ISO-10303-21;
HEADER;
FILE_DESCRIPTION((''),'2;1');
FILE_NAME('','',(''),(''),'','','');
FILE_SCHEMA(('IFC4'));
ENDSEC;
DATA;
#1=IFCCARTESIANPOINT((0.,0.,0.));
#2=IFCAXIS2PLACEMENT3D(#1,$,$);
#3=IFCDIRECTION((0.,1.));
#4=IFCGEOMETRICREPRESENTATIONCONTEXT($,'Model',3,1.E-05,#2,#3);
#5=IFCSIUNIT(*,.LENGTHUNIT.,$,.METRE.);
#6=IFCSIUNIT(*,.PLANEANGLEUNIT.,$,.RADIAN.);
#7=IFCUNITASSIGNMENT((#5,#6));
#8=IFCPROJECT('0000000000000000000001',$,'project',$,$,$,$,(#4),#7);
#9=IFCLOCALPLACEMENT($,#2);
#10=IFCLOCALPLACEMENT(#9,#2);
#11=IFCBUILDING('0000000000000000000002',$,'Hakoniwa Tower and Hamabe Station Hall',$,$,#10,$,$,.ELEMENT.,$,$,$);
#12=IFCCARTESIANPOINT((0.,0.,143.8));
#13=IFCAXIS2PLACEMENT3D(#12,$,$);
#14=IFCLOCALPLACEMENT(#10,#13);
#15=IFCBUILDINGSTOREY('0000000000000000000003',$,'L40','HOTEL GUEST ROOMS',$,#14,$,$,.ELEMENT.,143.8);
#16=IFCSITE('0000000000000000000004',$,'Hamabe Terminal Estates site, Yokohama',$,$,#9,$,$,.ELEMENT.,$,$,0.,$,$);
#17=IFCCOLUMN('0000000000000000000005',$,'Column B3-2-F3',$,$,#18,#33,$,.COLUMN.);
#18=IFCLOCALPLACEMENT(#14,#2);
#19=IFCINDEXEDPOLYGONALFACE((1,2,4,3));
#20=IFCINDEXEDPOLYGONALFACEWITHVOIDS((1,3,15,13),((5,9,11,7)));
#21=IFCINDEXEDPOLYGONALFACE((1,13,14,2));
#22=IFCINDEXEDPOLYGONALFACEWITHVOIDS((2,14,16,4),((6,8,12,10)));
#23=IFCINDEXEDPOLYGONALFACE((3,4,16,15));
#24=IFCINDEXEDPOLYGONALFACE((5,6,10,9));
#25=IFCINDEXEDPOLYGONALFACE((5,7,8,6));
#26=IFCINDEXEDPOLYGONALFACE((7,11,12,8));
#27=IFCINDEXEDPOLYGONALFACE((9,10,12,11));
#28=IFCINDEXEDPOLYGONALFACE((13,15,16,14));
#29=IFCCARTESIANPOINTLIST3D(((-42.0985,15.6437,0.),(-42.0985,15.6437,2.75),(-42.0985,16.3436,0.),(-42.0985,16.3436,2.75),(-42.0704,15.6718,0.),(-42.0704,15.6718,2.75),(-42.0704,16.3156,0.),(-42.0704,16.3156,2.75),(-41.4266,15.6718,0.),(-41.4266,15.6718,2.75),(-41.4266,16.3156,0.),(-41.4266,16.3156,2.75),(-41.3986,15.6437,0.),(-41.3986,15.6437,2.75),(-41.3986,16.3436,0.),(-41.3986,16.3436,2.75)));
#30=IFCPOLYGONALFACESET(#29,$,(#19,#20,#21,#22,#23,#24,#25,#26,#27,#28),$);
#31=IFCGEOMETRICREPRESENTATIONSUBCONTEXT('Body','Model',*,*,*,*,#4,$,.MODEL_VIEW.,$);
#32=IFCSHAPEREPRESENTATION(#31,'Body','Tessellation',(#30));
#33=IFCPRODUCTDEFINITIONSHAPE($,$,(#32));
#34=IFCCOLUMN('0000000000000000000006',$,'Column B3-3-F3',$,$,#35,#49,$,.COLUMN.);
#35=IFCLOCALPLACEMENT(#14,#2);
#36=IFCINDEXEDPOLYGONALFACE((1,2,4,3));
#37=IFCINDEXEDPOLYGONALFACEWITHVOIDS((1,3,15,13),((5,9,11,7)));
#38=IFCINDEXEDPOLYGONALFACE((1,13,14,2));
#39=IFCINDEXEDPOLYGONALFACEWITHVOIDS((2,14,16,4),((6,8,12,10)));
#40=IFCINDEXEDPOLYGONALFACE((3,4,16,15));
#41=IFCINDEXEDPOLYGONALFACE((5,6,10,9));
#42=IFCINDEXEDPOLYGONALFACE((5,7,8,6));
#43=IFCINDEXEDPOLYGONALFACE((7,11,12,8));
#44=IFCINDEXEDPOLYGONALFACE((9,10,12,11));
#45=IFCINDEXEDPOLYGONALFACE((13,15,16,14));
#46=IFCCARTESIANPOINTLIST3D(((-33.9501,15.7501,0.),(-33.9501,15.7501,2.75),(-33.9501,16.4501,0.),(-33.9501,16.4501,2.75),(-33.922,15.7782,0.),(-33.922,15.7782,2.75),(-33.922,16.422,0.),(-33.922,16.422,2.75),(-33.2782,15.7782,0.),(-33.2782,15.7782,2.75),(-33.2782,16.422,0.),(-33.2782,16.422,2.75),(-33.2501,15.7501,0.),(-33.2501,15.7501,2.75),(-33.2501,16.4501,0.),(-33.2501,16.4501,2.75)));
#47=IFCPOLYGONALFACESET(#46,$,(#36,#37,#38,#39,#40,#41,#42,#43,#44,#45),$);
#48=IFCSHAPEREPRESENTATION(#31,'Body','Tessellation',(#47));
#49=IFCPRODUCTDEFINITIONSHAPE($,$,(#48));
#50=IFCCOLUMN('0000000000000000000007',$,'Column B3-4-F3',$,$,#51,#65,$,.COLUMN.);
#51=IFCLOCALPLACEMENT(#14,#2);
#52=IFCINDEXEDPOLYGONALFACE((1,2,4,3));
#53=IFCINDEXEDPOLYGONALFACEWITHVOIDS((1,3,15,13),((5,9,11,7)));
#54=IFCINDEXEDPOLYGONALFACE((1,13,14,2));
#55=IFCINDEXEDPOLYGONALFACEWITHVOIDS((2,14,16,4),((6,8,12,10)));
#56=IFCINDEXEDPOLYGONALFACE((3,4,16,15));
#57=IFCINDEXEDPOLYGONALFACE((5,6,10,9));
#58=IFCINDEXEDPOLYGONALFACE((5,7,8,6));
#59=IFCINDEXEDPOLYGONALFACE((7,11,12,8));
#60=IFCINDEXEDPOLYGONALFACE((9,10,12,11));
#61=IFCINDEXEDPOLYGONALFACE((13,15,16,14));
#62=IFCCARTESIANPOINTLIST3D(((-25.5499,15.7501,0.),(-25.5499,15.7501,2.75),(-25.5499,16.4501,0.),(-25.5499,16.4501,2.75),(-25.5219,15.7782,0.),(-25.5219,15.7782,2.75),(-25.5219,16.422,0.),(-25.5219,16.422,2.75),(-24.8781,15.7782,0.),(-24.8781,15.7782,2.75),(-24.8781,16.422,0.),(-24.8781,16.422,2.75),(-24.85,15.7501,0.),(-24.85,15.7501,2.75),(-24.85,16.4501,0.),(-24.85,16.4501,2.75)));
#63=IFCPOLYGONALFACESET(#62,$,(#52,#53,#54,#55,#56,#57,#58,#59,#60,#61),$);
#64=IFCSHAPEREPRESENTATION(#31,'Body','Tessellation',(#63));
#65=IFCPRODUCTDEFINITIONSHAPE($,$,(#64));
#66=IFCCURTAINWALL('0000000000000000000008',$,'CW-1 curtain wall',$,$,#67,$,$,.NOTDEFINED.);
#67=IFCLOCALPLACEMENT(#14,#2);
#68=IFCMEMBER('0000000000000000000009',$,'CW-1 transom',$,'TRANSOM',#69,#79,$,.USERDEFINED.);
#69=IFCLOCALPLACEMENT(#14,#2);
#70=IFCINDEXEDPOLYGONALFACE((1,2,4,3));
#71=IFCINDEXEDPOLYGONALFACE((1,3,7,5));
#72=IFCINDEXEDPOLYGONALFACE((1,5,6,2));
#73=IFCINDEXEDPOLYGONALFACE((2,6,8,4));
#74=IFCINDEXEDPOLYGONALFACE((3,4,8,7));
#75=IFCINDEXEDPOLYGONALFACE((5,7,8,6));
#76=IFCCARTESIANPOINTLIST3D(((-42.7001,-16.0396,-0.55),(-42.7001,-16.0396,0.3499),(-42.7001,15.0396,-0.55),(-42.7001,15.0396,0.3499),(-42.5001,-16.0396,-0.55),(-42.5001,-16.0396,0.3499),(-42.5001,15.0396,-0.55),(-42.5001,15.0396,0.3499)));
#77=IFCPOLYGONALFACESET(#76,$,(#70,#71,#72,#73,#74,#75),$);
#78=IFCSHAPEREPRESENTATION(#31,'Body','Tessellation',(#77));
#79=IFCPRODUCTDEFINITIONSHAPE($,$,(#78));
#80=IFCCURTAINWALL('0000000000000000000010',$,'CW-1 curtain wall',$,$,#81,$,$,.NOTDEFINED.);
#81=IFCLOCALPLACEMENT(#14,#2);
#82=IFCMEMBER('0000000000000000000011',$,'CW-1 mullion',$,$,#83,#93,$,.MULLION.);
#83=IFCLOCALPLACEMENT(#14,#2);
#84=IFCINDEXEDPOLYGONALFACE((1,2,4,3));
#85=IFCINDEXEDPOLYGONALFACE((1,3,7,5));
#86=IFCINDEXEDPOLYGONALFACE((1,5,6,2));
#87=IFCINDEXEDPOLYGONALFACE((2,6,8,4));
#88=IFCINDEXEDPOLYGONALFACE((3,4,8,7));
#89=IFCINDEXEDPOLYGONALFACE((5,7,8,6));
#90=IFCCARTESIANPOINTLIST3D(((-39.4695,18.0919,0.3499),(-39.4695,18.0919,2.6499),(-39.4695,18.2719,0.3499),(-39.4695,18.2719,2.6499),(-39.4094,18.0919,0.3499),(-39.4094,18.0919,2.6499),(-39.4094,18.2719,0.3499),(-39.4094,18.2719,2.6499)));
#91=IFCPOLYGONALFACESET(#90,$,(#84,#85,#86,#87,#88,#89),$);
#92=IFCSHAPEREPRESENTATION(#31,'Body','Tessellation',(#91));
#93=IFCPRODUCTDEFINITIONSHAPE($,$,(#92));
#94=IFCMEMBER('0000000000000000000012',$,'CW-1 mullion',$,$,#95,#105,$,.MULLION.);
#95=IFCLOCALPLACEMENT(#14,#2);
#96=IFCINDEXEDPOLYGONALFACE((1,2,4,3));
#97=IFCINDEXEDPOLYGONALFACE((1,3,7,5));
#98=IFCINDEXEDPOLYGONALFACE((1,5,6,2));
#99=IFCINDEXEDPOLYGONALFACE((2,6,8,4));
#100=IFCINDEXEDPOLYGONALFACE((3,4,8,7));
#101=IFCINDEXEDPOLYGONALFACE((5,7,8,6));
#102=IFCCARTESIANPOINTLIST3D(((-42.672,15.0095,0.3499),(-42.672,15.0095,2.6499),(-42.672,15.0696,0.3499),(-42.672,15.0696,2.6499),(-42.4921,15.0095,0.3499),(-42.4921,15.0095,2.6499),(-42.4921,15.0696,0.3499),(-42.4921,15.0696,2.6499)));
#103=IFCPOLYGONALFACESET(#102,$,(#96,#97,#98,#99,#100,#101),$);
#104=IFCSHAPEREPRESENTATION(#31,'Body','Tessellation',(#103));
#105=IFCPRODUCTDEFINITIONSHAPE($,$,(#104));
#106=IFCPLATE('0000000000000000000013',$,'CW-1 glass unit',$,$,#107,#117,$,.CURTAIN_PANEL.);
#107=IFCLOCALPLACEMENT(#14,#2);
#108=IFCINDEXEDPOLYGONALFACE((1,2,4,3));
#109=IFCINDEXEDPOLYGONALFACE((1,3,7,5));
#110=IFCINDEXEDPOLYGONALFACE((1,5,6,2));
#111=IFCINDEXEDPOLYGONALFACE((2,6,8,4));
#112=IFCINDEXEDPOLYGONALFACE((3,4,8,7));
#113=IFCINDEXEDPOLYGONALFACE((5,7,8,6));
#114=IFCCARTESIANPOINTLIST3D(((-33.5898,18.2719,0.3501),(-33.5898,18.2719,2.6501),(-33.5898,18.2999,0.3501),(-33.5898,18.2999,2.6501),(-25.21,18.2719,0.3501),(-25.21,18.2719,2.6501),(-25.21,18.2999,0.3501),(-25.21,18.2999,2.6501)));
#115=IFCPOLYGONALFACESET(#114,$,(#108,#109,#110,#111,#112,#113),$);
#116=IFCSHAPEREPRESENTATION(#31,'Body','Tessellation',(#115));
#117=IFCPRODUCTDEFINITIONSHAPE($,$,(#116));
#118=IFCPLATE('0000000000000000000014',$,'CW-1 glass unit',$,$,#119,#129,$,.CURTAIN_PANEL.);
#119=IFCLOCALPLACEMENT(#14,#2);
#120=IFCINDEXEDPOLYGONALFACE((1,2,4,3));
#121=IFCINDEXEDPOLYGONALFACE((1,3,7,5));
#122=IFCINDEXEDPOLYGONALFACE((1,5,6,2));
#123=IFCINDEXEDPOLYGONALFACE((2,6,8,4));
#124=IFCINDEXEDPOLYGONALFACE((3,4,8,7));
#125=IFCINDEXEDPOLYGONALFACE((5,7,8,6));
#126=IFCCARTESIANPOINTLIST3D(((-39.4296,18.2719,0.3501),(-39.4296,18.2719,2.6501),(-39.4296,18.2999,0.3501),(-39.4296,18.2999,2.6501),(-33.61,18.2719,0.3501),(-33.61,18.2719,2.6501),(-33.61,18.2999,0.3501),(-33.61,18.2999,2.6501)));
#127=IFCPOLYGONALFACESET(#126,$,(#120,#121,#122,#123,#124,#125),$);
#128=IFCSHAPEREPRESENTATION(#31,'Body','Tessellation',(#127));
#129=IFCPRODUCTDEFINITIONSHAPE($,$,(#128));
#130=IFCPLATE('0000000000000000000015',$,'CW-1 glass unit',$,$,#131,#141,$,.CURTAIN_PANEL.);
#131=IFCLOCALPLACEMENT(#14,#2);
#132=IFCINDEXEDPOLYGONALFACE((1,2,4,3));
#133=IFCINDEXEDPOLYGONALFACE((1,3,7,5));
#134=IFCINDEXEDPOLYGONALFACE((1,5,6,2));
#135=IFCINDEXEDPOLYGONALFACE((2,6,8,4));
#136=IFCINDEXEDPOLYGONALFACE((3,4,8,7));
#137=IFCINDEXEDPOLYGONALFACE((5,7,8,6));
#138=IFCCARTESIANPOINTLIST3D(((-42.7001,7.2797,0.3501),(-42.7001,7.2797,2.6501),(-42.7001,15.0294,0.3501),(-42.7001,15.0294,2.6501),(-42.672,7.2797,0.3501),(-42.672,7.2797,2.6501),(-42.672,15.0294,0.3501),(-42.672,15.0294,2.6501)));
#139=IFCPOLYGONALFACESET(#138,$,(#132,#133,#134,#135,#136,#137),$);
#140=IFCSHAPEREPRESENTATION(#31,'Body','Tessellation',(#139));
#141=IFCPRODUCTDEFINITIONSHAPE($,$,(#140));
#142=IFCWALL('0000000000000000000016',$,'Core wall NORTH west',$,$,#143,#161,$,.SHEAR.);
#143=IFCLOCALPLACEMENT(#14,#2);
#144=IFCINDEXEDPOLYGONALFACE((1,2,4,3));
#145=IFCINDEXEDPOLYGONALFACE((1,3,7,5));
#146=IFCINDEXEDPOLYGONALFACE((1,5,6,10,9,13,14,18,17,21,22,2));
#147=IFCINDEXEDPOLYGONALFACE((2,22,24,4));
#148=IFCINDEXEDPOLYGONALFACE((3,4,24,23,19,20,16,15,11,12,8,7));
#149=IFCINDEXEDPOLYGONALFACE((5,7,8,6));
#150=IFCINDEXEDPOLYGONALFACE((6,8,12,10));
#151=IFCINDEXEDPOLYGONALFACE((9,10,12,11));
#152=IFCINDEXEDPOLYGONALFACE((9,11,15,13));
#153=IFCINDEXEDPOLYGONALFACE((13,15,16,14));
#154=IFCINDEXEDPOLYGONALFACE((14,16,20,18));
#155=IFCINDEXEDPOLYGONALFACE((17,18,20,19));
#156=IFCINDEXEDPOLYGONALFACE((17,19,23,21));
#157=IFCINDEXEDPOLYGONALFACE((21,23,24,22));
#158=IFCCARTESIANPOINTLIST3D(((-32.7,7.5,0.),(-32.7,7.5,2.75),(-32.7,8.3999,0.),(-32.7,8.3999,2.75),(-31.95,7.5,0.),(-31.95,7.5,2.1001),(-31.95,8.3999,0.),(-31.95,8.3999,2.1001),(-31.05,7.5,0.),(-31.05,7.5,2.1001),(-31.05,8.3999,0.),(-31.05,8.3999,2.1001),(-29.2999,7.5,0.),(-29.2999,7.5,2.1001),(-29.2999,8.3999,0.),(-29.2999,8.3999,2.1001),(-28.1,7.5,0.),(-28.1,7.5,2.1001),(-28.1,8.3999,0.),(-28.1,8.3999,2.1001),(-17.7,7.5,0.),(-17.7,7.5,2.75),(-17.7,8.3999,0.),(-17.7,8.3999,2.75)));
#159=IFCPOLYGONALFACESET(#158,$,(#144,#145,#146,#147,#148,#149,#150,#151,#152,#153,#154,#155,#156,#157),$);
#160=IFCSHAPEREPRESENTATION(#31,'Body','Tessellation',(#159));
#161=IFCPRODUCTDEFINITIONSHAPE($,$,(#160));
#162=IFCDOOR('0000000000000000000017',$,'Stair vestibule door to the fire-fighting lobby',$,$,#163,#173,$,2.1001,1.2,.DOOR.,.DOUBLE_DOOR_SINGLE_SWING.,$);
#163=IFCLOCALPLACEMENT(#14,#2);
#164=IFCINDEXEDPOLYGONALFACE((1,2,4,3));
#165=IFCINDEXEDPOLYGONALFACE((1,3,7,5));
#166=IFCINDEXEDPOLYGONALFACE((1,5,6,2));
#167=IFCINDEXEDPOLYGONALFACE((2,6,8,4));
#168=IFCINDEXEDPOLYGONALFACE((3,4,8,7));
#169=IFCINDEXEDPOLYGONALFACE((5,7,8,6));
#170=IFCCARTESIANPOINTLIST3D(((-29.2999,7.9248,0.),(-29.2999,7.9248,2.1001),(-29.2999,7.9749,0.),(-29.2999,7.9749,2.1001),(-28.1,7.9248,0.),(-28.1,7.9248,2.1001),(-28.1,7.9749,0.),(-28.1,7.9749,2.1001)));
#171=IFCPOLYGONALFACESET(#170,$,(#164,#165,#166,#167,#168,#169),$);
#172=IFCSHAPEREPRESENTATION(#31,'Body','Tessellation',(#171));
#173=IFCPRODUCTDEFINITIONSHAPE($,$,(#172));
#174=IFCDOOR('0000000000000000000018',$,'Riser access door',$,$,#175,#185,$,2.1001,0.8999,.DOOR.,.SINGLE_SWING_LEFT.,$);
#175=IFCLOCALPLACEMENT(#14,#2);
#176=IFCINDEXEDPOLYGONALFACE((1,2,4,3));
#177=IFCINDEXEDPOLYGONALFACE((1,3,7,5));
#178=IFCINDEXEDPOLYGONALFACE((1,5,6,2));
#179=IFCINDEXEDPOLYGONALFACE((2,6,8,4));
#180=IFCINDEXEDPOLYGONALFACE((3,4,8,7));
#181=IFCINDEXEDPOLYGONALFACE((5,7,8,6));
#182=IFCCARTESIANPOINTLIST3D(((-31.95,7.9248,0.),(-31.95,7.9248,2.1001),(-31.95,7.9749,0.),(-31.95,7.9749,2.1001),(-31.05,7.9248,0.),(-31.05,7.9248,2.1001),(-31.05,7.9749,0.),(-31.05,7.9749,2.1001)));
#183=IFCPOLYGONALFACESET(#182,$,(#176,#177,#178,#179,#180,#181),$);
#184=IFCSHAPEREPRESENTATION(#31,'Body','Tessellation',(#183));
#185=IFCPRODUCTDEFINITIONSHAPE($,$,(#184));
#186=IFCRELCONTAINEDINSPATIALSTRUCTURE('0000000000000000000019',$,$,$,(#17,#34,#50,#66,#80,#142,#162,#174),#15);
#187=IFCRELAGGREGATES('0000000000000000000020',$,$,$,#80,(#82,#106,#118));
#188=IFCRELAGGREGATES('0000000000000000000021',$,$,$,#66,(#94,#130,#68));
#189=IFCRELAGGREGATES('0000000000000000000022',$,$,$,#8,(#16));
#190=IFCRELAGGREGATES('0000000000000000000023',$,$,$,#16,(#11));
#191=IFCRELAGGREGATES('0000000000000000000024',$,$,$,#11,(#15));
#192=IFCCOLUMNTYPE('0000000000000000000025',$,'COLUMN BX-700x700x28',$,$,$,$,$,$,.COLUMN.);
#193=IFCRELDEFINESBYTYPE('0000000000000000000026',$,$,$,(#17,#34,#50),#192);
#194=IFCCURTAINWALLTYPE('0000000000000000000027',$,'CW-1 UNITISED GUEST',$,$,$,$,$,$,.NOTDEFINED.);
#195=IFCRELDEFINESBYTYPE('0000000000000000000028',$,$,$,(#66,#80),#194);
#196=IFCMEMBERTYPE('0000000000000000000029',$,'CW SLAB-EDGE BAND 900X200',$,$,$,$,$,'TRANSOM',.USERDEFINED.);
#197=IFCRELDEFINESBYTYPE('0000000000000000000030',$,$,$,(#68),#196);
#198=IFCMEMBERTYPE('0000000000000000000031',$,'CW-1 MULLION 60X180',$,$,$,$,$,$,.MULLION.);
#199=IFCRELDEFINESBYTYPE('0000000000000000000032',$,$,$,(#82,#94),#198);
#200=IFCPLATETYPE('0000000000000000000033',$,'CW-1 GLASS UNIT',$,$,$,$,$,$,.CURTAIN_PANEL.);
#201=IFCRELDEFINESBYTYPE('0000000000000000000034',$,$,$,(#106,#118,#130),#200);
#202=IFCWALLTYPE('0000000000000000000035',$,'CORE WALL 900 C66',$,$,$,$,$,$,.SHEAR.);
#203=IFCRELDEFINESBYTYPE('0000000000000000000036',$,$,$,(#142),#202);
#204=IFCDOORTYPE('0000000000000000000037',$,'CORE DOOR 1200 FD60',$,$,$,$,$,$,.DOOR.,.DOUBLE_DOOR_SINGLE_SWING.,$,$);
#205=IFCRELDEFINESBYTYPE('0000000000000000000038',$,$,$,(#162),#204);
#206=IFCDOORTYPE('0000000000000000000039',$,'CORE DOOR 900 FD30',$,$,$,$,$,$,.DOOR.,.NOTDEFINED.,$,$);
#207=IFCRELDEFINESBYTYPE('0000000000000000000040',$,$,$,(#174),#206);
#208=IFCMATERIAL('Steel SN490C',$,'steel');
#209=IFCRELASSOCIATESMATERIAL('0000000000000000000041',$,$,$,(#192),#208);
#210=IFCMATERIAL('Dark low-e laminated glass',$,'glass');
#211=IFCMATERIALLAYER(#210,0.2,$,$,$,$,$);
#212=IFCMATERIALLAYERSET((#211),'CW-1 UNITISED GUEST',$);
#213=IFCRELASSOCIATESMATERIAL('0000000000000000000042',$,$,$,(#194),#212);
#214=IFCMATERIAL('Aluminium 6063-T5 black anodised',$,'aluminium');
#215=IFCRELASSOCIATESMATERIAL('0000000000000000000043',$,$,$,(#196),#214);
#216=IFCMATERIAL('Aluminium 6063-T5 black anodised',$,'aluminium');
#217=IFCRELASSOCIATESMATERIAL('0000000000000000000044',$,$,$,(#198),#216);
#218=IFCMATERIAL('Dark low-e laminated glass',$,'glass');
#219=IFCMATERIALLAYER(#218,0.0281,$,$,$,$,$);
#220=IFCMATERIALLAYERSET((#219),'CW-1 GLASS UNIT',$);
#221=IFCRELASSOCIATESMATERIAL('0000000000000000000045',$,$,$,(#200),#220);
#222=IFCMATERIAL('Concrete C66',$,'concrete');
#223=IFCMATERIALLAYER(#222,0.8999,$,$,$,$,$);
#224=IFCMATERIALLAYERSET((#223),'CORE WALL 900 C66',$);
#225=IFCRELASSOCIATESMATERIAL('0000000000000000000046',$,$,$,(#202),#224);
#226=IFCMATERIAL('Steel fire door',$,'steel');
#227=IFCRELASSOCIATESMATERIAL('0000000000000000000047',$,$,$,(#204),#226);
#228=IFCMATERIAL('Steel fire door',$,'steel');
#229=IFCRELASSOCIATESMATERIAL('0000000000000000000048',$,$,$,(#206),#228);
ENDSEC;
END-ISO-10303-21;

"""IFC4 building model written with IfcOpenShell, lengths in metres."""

from ifc_helpers import new_model, si_unit, direction, frame, frame_2d, origin, origin_2d, place, context, subcontext, project, spatial, rectangle, hollow_rectangle, extrude, material, layer, layer_set, material_profile, profile_set, type_object, element, fill, aggregate, save


model = new_model("IFC4")

# Units and contexts
model_context = context("Model", 3, precision=1e-05, world=origin(), true_north=direction((0.0, 1.0)))
body_context = subcontext(model_context, "Body", "Model", "MODEL_VIEW")
ifc_project = project(units=[si_unit("LENGTHUNIT", "METRE"), si_unit("PLANEANGLEUNIT", "RADIAN")], contexts=[model_context])

# Site, building, storey
site_placement = place(None, origin())
site = spatial("IfcSite", under=ifc_project, at=site_placement, Name="Hamabe Terminal Estates site, Yokohama", CompositionType="ELEMENT", RefElevation=0.0)
building_placement = place(site_placement, origin())
building = spatial("IfcBuilding", under=site, at=building_placement, Name="Hakoniwa Tower and Hamabe Station Hall", CompositionType="ELEMENT")
storey_placement = place(building_placement, frame((0.0, 0.0, 143.8)))
storey = spatial("IfcBuildingStorey", under=building, at=storey_placement, Name="L40", Description="HOTEL GUEST ROOMS", CompositionType="ELEMENT", Elevation=143.8)

# Columns
ifc_material_1 = material(Name="Steel SN490C", Category="steel")
ifc_material_profile_1 = material_profile(ifc_material_1, hollow_rectangle(XDim=0.7, YDim=0.7, WallThickness=0.0281, at=origin_2d()), Name="BX-700x700x28")
ifc_profile_set_1 = profile_set([ifc_material_profile_1], Name="Steel SN490C")
column_type = type_object("IfcColumnType", Name="COLUMN BX-700x700x28", PredefinedType="COLUMN", material=ifc_profile_set_1)
for number, where, z_axis, x_axis, name in (
    (1, (-41.7485, 15.9937, 0.0), (0.0, 0.0, 1.0), (1.0, 0.0, 0.0), "Column B3-2-F3"),
    (2, (-33.6001, 16.1001, 0.0), (0.0, 0.0, 1.0), (1.0, 0.0, 0.0), "Column B3-3-F3"),
    (3, (-25.2, 16.1001, 0.0), (0.0, 0.0, 1.0), (1.0, 0.0, 0.0), "Column B3-4-F3"),
):
    element("IfcColumn", number, at=place(storey_placement, frame(where, z_axis=z_axis, x_axis=x_axis)), inside=storey, type_object=column_type, Name=name, PredefinedType="COLUMN", context=body_context, shape_type="SweptSolid", body=[
        extrude(hollow_rectangle(XDim=0.7, YDim=0.7, WallThickness=0.0281, at=origin_2d()), origin(), (0.0, 0.0, 1.0), 2.75),
    ])

# Curtain walls, members
ifc_material_2 = material(Name="Dark low-e laminated glass", Category="glass")
ifc_layer_1 = layer(ifc_material_2, 0.2)
ifc_layer_set_1 = layer_set([ifc_layer_1], Name="CW-1 UNITISED GUEST")
curtain_wall_type = type_object("IfcCurtainWallType", Name="CW-1 UNITISED GUEST", PredefinedType="NOTDEFINED", material=ifc_layer_set_1)
curtain_wall_1_placement = place(storey_placement, origin())
curtain_wall_1 = element("IfcCurtainWall", 4, at=curtain_wall_1_placement, inside=storey, type_object=curtain_wall_type, Name="CW-1 curtain wall", PredefinedType="NOTDEFINED")
ifc_material_3 = material(Name="Aluminium 6063-T5 black anodised", Category="aluminium")
ifc_material_profile_2 = material_profile(ifc_material_3, rectangle(XDim=0.2, YDim=0.8999, at=origin_2d()), Name="CW SLAB-EDGE BAND 900X200")
ifc_profile_set_2 = profile_set([ifc_material_profile_2], Name="Aluminium 6063-T5 black anodised")
member_type_1 = type_object("IfcMemberType", Name="CW SLAB-EDGE BAND 900X200", ElementType="TRANSOM", PredefinedType="USERDEFINED", material=ifc_profile_set_2)
member_1_placement = place(storey_placement, frame((-42.6001, 15.0396, -0.1001), z_axis=(0.0, -1.0, 0.0), x_axis=(1.0, 0.0, 0.0)))
member_1 = element("IfcMember", 5, at=member_1_placement, type_object=member_type_1, Name="CW-1 transom", ObjectType="TRANSOM", PredefinedType="USERDEFINED", context=body_context, shape_type="SweptSolid", body=[
    extrude(rectangle(XDim=0.2, YDim=0.8999, at=origin_2d()), origin(), (0.0, 0.0, 1.0), 31.0791),
])
curtain_wall_2_placement = place(storey_placement, origin())
curtain_wall_2 = element("IfcCurtainWall", 6, at=curtain_wall_2_placement, inside=storey, type_object=curtain_wall_type, Name="CW-1 curtain wall", PredefinedType="NOTDEFINED")
ifc_material_4 = material(Name="Aluminium 6063-T5 black anodised", Category="aluminium")
ifc_material_profile_3 = material_profile(ifc_material_4, rectangle(XDim=0.0601, YDim=0.1799, at=origin_2d()), Name="CW-1 MULLION 60X180")
ifc_profile_set_3 = profile_set([ifc_material_profile_3], Name="Aluminium 6063-T5 black anodised")
member_type_2 = type_object("IfcMemberType", Name="CW-1 MULLION 60X180", PredefinedType="MULLION", material=ifc_profile_set_3)
member_2_placement = place(storey_placement, frame((-39.4395, 18.1819, 0.3499), z_axis=(0.0, 0.0, 1.0), x_axis=(-1.0, 0.0, 0.0)))
member_2 = element("IfcMember", 7, at=member_2_placement, type_object=member_type_2, Name="CW-1 mullion", PredefinedType="MULLION", context=body_context, shape_type="SweptSolid", body=[
    extrude(rectangle(XDim=0.0601, YDim=0.1799, at=origin_2d()), origin(), (0.0, 0.0, 1.0), 2.3),
])

# Member
member_3_placement = place(storey_placement, frame((-42.582, 15.0396, 0.3499), z_axis=(0.0, 0.0, 1.0), x_axis=(0.0, -1.0, 0.0)))
member_3 = element("IfcMember", 8, at=member_3_placement, type_object=member_type_2, Name="CW-1 mullion", PredefinedType="MULLION", context=body_context, shape_type="SweptSolid", body=[
    extrude(rectangle(XDim=0.0601, YDim=0.1799, at=origin_2d()), origin(), (0.0, 0.0, 1.0), 2.3),
])

# Plates
ifc_material_5 = material(Name="Dark low-e laminated glass", Category="glass")
ifc_layer_2 = layer(ifc_material_5, 0.0281)
ifc_layer_set_2 = layer_set([ifc_layer_2], Name="CW-1 GLASS UNIT")
plate_type = type_object("IfcPlateType", Name="CW-1 GLASS UNIT", PredefinedType="CURTAIN_PANEL", material=ifc_layer_set_2)
plate_1_placement = place(storey_placement, frame((-29.3999, 18.2859, 0.3501), z_axis=(0.0, 0.0, 1.0), x_axis=(-1.0, 0.0, 0.0)))
plate_1 = element("IfcPlate", 9, at=plate_1_placement, type_object=plate_type, Name="CW-1 glass unit", PredefinedType="CURTAIN_PANEL", context=body_context, shape_type="SweptSolid", body=[
    extrude(rectangle(XDim=8.3799, YDim=0.0281, at=origin_2d()), origin(), (0.0, 0.0, 1.0), 2.3),
])
plate_2_placement = place(storey_placement, frame((-36.5198, 18.2859, 0.3501), z_axis=(0.0, 0.0, 1.0), x_axis=(-1.0, 0.0, 0.0)))
plate_2 = element("IfcPlate", 10, at=plate_2_placement, type_object=plate_type, Name="CW-1 glass unit", PredefinedType="CURTAIN_PANEL", context=body_context, shape_type="SweptSolid", body=[
    extrude(rectangle(XDim=5.8196, YDim=0.0281, at=origin_2d()), origin(), (0.0, 0.0, 1.0), 2.3),
])
aggregate(curtain_wall_2, [member_2, plate_1, plate_2])
plate_3_placement = place(storey_placement, frame((-42.686, 11.1545, 0.3501), z_axis=(0.0, 0.0, 1.0), x_axis=(0.0, -1.0, 0.0)))
plate_3 = element("IfcPlate", 11, at=plate_3_placement, type_object=plate_type, Name="CW-1 glass unit", PredefinedType="CURTAIN_PANEL", context=body_context, shape_type="SweptSolid", body=[
    extrude(rectangle(XDim=7.7498, YDim=0.0281, at=origin_2d()), origin(), (0.0, 0.0, 1.0), 2.3),
])
aggregate(curtain_wall_1, [member_3, plate_3, member_1])

# Wall, openings, doors
ifc_material_6 = material(Name="Concrete C66", Category="concrete")
ifc_layer_3 = layer(ifc_material_6, 0.8999)
ifc_layer_set_3 = layer_set([ifc_layer_3], Name="CORE WALL 900 C66")
wall_type_1 = type_object("IfcWallType", Name="CORE WALL 900 C66", PredefinedType="SHEAR", material=ifc_layer_set_3)
wall_1_placement = place(storey_placement, frame((-32.7, 7.95, 0.0), z_axis=(0.0, 0.0, 1.0), x_axis=(1.0, 0.0, 0.0)))
wall_1 = element("IfcWall", 12, at=wall_1_placement, inside=storey, type_object=wall_type_1, Name="Core wall NORTH west", PredefinedType="SHEAR", context=body_context, shape_type="SweptSolid", body=[
    extrude(rectangle(XDim=15.0, YDim=0.8999, at=frame_2d((7.5, 0.0))), origin(), (0.0, 0.0, 1.0), 2.75),
])
opening_1_placement = place(wall_1_placement, frame((3.3999, 0.0, 0.0)))
opening_1 = element("IfcOpeningElement", 13, at=opening_1_placement, cuts=wall_1, PredefinedType="OPENING", context=body_context, shape_type="SweptSolid", body=[
    extrude(rectangle(XDim=1.2, YDim=2.1001, at=frame_2d((0.6001, 1.05))), frame((0.0, 0.46, 0.0), z_axis=(0.0, -1.0, 0.0), x_axis=(1.0, 0.0, 0.0)), (0.0, 0.0, 1.0), 0.9199),
])
opening_2_placement = place(wall_1_placement, frame((0.75, 0.0, 0.0)))
opening_2 = element("IfcOpeningElement", 14, at=opening_2_placement, cuts=wall_1, PredefinedType="OPENING", context=body_context, shape_type="SweptSolid", body=[
    extrude(rectangle(XDim=0.8999, YDim=2.1001, at=frame_2d((0.45, 1.05))), frame((0.0, 0.46, 0.0), z_axis=(0.0, -1.0, 0.0), x_axis=(1.0, 0.0, 0.0)), (0.0, 0.0, 1.0), 0.9199),
])
ifc_material_7 = material(Name="Steel fire door", Category="steel")
door_type_1 = type_object("IfcDoorType", Name="CORE DOOR 1200 FD60", OperationType="DOUBLE_DOOR_SINGLE_SWING", PredefinedType="DOOR", material=ifc_material_7)
door_1_placement = place(opening_1_placement, origin())
door_1 = element("IfcDoor", 15, at=door_1_placement, inside=storey, type_object=door_type_1, Name="Stair vestibule door to the fire-fighting lobby", OperationType="DOUBLE_DOOR_SINGLE_SWING", OverallHeight=2.1001, OverallWidth=1.2, PredefinedType="DOOR", context=body_context, shape_type="SweptSolid", body=[
    extrude(rectangle(XDim=1.2, YDim=2.1001, at=frame_2d((0.6001, 1.05))), frame((0.0, 0.0249, 0.0), z_axis=(0.0, -1.0, 0.0), x_axis=(1.0, 0.0, 0.0)), (0.0, 0.0, 1.0), 0.05),
])
fill(opening_1, door_1)
ifc_material_8 = material(Name="Steel fire door", Category="steel")
door_type_2 = type_object("IfcDoorType", Name="CORE DOOR 900 FD30", OperationType="NOTDEFINED", PredefinedType="DOOR", material=ifc_material_8)
door_2_placement = place(opening_2_placement, origin())
door_2 = element("IfcDoor", 16, at=door_2_placement, inside=storey, type_object=door_type_2, Name="Riser access door", OperationType="SINGLE_SWING_LEFT", OverallHeight=2.1001, OverallWidth=0.8999, PredefinedType="DOOR", context=body_context, shape_type="SweptSolid", body=[
    extrude(rectangle(XDim=0.8999, YDim=2.1001, at=frame_2d((0.45, 1.05))), frame((0.0, 0.0249, 0.0), z_axis=(0.0, -1.0, 0.0), x_axis=(1.0, 0.0, 0.0)), (0.0, 0.0, 1.0), 0.05),
])
fill(opening_2, door_2)

save(model, "model.ifc")
